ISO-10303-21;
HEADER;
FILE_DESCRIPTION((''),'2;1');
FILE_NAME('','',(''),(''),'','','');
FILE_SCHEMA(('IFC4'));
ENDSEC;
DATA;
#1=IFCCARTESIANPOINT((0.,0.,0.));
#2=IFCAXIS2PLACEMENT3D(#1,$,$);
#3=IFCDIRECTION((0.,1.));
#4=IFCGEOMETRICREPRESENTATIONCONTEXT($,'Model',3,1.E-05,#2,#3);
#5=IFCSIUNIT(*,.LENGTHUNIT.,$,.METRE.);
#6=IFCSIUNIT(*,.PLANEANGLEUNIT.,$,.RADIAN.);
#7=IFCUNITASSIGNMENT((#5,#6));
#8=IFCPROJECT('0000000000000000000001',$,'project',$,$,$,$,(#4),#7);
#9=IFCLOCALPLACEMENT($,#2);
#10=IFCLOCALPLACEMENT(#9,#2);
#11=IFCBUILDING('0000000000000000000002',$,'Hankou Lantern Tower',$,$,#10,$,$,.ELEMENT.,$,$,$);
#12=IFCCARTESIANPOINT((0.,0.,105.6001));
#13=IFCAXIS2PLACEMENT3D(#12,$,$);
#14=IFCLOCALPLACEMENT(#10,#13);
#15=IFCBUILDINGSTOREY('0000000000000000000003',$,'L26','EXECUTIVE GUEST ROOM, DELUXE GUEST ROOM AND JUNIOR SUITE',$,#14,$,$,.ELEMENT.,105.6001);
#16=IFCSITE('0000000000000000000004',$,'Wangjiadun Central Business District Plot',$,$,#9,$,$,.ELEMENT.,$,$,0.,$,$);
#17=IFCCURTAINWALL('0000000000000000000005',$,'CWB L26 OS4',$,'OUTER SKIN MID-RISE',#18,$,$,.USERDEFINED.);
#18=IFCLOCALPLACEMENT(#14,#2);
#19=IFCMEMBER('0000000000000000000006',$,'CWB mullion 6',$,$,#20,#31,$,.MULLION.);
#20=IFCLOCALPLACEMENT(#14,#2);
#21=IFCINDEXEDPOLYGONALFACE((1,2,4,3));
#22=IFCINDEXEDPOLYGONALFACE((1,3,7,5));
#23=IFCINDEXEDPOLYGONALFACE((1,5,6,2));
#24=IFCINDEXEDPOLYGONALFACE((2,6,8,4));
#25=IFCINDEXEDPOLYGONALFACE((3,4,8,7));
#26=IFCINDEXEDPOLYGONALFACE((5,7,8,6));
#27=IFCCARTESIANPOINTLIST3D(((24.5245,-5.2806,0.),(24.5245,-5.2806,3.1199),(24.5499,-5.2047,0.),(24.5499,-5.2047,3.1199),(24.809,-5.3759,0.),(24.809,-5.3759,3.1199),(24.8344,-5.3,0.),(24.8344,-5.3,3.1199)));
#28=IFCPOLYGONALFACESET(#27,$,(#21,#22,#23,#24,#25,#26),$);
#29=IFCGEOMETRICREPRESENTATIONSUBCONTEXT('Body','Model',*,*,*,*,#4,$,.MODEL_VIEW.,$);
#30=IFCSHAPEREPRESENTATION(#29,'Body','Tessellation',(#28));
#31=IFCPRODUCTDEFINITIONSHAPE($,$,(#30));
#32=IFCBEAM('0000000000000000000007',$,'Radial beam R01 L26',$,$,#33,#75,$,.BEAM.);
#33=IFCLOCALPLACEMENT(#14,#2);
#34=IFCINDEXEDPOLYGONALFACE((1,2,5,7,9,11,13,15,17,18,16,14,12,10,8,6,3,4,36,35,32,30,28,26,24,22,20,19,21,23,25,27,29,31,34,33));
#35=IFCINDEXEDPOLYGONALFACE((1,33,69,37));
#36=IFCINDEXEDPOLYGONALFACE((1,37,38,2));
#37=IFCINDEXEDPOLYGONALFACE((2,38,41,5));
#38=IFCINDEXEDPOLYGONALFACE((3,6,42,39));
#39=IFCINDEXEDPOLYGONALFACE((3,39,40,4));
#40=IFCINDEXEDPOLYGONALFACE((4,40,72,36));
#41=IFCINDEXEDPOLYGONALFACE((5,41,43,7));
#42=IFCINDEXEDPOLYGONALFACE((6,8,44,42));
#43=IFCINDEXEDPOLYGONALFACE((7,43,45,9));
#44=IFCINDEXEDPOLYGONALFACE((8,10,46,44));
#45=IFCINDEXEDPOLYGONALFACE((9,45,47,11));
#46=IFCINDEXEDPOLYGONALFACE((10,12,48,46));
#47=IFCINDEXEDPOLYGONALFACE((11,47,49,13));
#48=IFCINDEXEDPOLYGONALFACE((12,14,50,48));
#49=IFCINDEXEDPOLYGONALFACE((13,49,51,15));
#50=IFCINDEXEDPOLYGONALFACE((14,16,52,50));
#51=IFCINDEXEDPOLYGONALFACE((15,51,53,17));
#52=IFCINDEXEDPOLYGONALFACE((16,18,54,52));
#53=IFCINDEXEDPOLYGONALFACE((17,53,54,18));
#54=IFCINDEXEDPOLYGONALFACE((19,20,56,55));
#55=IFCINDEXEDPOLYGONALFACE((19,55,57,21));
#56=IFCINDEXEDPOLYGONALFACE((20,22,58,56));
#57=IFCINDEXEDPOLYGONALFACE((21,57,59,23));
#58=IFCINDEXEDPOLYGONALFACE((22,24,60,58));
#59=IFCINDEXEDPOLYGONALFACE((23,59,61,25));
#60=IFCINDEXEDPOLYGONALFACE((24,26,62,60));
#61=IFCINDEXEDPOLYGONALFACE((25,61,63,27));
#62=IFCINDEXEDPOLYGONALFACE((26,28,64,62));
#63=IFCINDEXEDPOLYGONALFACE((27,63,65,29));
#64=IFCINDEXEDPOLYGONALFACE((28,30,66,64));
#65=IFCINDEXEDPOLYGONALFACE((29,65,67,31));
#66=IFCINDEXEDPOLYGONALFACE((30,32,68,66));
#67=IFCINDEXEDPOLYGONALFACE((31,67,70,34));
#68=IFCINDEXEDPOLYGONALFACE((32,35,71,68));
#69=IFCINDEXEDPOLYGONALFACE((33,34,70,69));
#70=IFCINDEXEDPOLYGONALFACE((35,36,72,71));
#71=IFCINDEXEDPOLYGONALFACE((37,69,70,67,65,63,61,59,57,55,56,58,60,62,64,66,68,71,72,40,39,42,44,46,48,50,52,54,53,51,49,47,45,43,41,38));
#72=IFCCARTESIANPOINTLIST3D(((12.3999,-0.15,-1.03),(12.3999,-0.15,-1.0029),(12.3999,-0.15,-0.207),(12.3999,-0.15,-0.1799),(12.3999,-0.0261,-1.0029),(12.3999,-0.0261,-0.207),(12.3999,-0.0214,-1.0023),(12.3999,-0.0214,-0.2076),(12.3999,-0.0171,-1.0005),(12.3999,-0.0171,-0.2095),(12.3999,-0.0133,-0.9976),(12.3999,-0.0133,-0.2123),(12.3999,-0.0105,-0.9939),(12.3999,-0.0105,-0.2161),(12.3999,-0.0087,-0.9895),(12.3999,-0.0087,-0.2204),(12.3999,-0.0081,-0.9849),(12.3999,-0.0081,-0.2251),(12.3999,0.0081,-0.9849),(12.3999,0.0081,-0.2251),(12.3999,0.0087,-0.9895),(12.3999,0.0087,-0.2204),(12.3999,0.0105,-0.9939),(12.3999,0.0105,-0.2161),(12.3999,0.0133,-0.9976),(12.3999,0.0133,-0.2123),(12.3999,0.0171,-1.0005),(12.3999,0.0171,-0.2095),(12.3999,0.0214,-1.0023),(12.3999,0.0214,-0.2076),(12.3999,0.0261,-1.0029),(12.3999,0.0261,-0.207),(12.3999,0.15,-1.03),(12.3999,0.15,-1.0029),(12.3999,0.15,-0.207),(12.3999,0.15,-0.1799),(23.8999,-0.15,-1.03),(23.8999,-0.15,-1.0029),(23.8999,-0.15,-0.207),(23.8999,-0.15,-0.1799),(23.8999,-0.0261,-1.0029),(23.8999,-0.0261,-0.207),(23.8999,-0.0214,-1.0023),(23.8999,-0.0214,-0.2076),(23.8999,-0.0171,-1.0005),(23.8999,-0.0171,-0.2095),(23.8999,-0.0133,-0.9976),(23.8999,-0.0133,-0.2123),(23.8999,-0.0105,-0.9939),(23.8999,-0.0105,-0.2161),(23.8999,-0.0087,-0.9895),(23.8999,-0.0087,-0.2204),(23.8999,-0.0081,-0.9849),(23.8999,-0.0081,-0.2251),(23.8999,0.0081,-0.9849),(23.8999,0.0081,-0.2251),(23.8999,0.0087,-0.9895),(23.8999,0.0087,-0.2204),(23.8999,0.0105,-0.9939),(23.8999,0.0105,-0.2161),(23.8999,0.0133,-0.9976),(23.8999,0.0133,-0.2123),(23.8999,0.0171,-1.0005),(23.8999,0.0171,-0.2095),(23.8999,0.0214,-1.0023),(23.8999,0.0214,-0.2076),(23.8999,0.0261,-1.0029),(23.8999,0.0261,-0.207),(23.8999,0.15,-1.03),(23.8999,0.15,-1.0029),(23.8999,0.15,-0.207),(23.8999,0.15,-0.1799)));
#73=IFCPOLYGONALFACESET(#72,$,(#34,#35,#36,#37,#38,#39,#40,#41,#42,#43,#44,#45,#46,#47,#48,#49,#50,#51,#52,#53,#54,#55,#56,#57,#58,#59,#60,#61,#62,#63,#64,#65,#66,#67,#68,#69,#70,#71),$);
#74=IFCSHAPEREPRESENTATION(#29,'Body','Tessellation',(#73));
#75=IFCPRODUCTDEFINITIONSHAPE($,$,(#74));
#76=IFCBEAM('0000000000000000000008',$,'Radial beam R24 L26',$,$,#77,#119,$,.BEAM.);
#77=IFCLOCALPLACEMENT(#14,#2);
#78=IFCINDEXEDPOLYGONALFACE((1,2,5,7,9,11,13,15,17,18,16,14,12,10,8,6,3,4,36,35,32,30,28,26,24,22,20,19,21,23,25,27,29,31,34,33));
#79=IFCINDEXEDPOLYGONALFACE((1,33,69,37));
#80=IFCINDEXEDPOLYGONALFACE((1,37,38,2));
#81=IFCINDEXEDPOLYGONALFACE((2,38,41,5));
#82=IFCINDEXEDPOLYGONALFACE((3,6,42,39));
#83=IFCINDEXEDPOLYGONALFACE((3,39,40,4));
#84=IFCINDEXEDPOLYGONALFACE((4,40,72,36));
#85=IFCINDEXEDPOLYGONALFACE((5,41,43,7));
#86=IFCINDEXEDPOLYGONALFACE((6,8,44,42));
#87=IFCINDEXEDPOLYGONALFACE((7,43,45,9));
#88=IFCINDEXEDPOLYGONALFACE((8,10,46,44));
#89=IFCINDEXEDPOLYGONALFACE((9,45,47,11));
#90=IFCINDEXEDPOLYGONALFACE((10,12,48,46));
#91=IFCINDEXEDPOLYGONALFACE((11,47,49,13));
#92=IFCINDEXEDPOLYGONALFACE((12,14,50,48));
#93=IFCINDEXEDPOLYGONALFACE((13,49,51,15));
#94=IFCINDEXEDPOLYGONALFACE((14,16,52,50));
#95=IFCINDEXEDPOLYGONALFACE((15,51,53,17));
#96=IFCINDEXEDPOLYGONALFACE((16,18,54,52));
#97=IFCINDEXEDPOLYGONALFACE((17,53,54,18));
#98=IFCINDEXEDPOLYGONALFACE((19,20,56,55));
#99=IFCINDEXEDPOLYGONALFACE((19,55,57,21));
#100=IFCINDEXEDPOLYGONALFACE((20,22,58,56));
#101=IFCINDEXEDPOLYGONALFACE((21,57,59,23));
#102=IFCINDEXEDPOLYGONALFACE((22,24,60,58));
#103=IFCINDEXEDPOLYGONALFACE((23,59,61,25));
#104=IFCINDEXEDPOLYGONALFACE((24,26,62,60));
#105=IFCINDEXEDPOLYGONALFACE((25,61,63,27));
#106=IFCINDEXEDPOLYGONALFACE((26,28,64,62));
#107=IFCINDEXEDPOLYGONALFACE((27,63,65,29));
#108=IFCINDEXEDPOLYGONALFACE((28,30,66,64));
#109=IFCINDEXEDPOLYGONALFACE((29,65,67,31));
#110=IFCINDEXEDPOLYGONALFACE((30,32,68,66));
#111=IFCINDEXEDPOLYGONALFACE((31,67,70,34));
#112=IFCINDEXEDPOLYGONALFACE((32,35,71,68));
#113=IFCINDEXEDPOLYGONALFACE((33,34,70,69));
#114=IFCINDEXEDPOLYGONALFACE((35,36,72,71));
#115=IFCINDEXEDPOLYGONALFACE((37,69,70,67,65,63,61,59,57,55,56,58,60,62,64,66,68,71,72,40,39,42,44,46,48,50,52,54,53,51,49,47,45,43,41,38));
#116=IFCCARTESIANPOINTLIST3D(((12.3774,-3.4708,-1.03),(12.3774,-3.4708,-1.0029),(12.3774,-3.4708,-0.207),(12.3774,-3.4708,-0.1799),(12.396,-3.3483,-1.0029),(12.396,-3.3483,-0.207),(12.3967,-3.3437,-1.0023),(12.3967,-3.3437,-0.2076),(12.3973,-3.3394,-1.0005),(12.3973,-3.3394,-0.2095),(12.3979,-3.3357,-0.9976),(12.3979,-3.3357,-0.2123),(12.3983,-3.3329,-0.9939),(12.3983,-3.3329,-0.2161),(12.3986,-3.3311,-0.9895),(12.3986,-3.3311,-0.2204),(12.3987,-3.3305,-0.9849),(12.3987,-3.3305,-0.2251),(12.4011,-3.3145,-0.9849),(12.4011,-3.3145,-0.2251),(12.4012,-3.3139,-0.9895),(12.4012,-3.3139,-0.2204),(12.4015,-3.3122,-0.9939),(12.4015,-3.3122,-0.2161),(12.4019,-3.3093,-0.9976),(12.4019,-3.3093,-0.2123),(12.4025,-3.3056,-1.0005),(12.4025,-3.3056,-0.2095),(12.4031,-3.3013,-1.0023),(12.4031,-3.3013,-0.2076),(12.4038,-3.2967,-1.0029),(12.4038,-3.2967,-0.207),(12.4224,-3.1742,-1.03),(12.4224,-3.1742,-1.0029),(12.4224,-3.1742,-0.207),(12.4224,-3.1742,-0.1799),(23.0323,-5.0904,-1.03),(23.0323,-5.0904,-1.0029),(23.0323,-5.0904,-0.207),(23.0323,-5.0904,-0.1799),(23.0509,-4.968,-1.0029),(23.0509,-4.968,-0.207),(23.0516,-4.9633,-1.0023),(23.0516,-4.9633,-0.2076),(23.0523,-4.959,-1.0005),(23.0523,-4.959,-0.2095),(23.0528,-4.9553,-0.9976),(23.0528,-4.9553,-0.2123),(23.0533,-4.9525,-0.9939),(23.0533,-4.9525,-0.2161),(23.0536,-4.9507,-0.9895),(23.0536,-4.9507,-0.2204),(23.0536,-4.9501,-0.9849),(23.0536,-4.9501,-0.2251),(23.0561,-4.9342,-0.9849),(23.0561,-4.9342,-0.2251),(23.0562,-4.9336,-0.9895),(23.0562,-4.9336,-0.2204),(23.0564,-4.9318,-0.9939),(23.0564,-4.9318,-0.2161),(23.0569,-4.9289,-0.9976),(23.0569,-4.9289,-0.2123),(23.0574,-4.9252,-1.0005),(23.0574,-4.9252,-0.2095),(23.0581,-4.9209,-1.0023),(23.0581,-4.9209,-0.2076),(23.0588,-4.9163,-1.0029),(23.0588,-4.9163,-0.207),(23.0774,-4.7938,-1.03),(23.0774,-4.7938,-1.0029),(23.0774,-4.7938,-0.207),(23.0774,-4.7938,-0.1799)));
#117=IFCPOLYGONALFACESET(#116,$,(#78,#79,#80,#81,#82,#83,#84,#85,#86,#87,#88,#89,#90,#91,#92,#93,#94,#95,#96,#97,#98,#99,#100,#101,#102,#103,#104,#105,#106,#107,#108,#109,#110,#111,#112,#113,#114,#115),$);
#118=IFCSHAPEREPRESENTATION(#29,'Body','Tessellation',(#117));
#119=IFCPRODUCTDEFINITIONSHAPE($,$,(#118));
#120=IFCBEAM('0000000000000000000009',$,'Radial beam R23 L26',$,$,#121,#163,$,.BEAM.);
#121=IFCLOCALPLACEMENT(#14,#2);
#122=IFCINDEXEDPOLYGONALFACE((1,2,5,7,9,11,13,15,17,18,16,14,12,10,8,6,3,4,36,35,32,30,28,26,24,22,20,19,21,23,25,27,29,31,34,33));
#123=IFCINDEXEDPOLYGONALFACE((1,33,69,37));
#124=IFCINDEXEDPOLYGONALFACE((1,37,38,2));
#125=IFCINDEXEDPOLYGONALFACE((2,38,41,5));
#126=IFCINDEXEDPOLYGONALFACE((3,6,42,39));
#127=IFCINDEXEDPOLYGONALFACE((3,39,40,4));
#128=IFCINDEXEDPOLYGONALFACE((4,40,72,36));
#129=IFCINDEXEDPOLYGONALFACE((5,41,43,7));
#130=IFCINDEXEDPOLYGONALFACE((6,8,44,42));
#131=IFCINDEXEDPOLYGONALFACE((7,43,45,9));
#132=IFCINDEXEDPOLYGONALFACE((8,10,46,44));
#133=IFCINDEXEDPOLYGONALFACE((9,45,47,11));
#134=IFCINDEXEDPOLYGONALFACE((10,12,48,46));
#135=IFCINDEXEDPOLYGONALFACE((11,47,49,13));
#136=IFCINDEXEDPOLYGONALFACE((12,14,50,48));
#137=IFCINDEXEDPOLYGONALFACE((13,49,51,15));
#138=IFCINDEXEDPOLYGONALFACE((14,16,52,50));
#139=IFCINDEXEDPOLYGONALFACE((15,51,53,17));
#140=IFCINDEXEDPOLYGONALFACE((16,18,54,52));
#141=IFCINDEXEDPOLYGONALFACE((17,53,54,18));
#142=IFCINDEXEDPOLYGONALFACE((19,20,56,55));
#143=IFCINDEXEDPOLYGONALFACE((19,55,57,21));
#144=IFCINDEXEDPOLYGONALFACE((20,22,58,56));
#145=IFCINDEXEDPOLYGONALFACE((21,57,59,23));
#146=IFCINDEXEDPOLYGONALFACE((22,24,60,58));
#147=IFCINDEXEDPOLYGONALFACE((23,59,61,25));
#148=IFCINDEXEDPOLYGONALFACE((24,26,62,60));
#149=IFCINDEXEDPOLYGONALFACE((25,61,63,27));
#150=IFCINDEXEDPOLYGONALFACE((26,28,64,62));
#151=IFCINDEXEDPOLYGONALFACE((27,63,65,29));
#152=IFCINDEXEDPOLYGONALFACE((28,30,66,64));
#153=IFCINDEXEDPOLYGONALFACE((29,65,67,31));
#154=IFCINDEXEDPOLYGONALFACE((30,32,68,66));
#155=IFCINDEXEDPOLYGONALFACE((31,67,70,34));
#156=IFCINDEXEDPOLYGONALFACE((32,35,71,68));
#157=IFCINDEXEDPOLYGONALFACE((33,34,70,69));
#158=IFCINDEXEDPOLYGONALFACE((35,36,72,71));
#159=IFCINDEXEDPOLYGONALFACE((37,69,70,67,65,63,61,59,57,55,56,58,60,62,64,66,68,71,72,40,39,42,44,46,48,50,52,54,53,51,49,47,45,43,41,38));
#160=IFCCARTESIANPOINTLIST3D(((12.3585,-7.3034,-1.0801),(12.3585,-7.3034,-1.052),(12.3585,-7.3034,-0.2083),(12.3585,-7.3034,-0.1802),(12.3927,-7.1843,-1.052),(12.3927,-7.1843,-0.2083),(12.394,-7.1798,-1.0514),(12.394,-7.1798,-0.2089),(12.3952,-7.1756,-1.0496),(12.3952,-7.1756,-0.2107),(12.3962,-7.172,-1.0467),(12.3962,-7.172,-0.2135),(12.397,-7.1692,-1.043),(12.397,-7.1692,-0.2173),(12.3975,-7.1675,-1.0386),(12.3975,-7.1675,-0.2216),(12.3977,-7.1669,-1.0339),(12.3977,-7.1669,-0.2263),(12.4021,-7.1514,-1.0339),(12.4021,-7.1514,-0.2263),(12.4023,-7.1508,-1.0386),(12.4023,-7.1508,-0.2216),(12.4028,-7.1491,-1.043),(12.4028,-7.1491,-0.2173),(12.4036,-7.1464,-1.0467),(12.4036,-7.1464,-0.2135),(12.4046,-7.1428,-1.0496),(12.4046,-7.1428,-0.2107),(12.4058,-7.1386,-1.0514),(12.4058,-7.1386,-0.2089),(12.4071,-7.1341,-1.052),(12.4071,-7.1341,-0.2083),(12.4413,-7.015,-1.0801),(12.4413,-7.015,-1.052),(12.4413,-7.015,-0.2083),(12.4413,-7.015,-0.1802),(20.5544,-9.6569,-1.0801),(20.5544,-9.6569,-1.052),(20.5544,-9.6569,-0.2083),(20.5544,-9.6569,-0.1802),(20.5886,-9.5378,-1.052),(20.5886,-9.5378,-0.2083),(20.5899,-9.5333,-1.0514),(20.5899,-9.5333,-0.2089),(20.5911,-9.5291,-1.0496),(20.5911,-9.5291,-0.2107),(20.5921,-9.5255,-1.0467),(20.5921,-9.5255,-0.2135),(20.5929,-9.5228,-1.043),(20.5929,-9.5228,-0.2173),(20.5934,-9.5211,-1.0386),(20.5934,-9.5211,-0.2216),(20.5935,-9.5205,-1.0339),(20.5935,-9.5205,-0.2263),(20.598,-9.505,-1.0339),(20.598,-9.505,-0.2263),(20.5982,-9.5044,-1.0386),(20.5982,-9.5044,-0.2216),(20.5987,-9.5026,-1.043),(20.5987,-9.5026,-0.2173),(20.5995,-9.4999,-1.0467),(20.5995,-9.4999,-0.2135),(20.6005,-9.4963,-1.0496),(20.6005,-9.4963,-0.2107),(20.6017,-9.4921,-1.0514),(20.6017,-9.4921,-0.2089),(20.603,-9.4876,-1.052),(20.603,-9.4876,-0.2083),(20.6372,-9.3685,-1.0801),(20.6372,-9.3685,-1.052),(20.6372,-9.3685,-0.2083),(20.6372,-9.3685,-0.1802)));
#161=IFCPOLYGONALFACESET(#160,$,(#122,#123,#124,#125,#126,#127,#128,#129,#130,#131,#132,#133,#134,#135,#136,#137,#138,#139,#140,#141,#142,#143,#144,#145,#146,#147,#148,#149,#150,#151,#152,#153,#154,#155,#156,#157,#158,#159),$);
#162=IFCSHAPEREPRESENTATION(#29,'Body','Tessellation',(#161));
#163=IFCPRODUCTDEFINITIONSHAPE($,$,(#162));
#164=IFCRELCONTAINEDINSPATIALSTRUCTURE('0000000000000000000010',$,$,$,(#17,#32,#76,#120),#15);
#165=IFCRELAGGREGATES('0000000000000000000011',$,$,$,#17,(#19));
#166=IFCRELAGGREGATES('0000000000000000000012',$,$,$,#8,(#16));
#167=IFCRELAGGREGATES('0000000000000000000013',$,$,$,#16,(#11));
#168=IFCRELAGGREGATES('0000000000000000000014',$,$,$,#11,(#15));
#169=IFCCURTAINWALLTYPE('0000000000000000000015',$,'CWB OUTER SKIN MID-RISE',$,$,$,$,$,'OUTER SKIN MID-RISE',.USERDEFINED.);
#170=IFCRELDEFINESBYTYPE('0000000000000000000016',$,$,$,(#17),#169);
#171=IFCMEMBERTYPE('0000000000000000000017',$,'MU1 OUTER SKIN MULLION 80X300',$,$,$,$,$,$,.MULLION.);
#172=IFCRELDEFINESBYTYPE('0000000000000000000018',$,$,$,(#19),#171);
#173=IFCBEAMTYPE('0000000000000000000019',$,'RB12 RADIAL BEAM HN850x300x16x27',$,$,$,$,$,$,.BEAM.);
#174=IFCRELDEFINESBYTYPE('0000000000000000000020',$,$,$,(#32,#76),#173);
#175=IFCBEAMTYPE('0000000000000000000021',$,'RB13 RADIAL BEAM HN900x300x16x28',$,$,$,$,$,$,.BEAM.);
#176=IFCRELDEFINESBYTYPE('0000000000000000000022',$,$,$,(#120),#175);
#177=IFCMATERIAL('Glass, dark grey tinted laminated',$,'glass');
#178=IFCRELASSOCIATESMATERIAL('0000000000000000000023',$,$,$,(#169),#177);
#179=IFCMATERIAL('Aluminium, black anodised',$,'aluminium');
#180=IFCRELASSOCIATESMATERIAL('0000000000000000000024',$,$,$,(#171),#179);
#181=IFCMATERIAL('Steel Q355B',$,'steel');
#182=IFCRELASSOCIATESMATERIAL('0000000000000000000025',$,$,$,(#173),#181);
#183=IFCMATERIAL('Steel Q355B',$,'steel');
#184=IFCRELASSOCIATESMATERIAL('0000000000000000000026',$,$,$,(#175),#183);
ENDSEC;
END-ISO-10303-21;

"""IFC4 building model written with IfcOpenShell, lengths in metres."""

from ifc_helpers import new_model, si_unit, direction, frame, origin, origin_2d, place, context, subcontext, project, spatial, rectangle, i_section, extrude, material, material_profile, profile_set, type_object, element, aggregate, save


model = new_model("IFC4")

# Units and contexts
model_context = context("Model", 3, precision=1e-05, world=origin(), true_north=direction((0.0, 1.0)))
body_context = subcontext(model_context, "Body", "Model", "MODEL_VIEW")
ifc_project = project(units=[si_unit("LENGTHUNIT", "METRE"), si_unit("PLANEANGLEUNIT", "RADIAN")], contexts=[model_context])

# Site, building, storey
site_placement = place(None, origin())
site = spatial("IfcSite", under=ifc_project, at=site_placement, Name="Wangjiadun Central Business District Plot", CompositionType="ELEMENT", RefElevation=0.0)
building_placement = place(site_placement, origin())
building = spatial("IfcBuilding", under=site, at=building_placement, Name="Hankou Lantern Tower", CompositionType="ELEMENT")
storey_placement = place(building_placement, frame((0.0, 0.0, 105.6001)))
storey = spatial("IfcBuildingStorey", under=building, at=storey_placement, Name="L26", Description="EXECUTIVE GUEST ROOM, DELUXE GUEST ROOM AND JUNIOR SUITE", CompositionType="ELEMENT", Elevation=105.6001)

# Curtain wall, member
ifc_material_1 = material(Name="Glass, dark grey tinted laminated", Category="glass")
curtain_wall_type = type_object("IfcCurtainWallType", Name="CWB OUTER SKIN MID-RISE", ElementType="OUTER SKIN MID-RISE", PredefinedType="USERDEFINED", material=ifc_material_1)
curtain_wall_placement = place(storey_placement, origin())
curtain_wall = element("IfcCurtainWall", 1, at=curtain_wall_placement, inside=storey, type_object=curtain_wall_type, Name="CWB L26 OS4", ObjectType="OUTER SKIN MID-RISE", PredefinedType="USERDEFINED")
ifc_material_2 = material(Name="Aluminium, black anodised", Category="aluminium")
ifc_material_profile_1 = material_profile(ifc_material_2, rectangle(XDim=0.0801, YDim=0.3, at=origin_2d()), Name="MU1 80X300")
ifc_profile_set_1 = profile_set([ifc_material_profile_1], Name="Aluminium, black anodised")
member_type_1 = type_object("IfcMemberType", Name="MU1 OUTER SKIN MULLION 80X300", PredefinedType="MULLION", material=ifc_profile_set_1)
member_1_placement = place(storey_placement, frame((24.6794, -5.2903, 0.0), z_axis=(0.0, 0.0, 1.0), x_axis=(0.317596, 0.948226, 0.0)))
member_1 = element("IfcMember", 2, at=member_1_placement, type_object=member_type_1, Name="CWB mullion 6", PredefinedType="MULLION", context=body_context, shape_type="SweptSolid", body=[
    extrude(rectangle(XDim=0.0801, YDim=0.3, at=origin_2d()), origin(), (0.0, 0.0, 1.0), 3.1199),
])

# Beams
ifc_material_3 = material(Name="Steel Q355B", Category="steel")
ifc_material_profile_2 = material_profile(ifc_material_3, i_section(OverallWidth=0.3, OverallDepth=0.8501, WebThickness=0.0161, FlangeThickness=0.0271, FilletRadius=0.0181, at=origin_2d()), Name="HN850x300x16x27")
ifc_profile_set_2 = profile_set([ifc_material_profile_2], Name="Steel Q355B")
beam_type_1 = type_object("IfcBeamType", Name="RB12 RADIAL BEAM HN850x300x16x27", PredefinedType="BEAM", material=ifc_profile_set_2)
beam_1_placement = place(storey_placement, frame((12.3999, 0.0, -0.605), z_axis=(1.0, 0.0, 0.0), x_axis=(0.0, 1.0, 0.0)))
element("IfcBeam", 3, at=beam_1_placement, inside=storey, type_object=beam_type_1, Name="Radial beam R01 L26", PredefinedType="BEAM", context=body_context, shape_type="SweptSolid", body=[
    extrude(i_section(OverallWidth=0.3, OverallDepth=0.8501, WebThickness=0.0161, FlangeThickness=0.0271, FilletRadius=0.0181, at=origin_2d()), origin(), (0.0, 0.0, 1.0), 11.5),
])
beam_2_placement = place(storey_placement, frame((12.3999, -3.3225, -0.605), z_axis=(0.988644, -0.15028, 0.0), x_axis=(0.15028, 0.988644, 0.0)))
element("IfcBeam", 4, at=beam_2_placement, inside=storey, type_object=beam_type_1, Name="Radial beam R24 L26", PredefinedType="BEAM", context=body_context, shape_type="SweptSolid", body=[
    extrude(i_section(OverallWidth=0.3, OverallDepth=0.8501, WebThickness=0.0161, FlangeThickness=0.0271, FilletRadius=0.0181, at=origin_2d()), origin(), (0.0, 0.0, 1.0), 10.7773),
])
ifc_material_4 = material(Name="Steel Q355B", Category="steel")
ifc_material_profile_3 = material_profile(ifc_material_4, i_section(OverallWidth=0.3, OverallDepth=0.8999, WebThickness=0.0161, FlangeThickness=0.0281, FilletRadius=0.0181, at=origin_2d()), Name="HN900x300x16x28")
ifc_profile_set_3 = profile_set([ifc_material_profile_3], Name="Steel Q355B")
beam_type_2 = type_object("IfcBeamType", Name="RB13 RADIAL BEAM HN900x300x16x28", PredefinedType="BEAM", material=ifc_profile_set_3)
beam_3_placement = place(storey_placement, frame((12.3999, -7.1592, -0.6301), z_axis=(0.961156, -0.276007, 0.0), x_axis=(0.276007, 0.961156, 0.0)))
element("IfcBeam", 5, at=beam_3_placement, inside=storey, type_object=beam_type_2, Name="Radial beam R23 L26", PredefinedType="BEAM", context=body_context, shape_type="SweptSolid", body=[
    extrude(i_section(OverallWidth=0.3, OverallDepth=0.8999, WebThickness=0.0161, FlangeThickness=0.0281, FilletRadius=0.0181, at=origin_2d()), origin(), (0.0, 0.0, 1.0), 8.5271),
])

aggregate(curtain_wall, [member_1])

save(model, "model.ifc")
